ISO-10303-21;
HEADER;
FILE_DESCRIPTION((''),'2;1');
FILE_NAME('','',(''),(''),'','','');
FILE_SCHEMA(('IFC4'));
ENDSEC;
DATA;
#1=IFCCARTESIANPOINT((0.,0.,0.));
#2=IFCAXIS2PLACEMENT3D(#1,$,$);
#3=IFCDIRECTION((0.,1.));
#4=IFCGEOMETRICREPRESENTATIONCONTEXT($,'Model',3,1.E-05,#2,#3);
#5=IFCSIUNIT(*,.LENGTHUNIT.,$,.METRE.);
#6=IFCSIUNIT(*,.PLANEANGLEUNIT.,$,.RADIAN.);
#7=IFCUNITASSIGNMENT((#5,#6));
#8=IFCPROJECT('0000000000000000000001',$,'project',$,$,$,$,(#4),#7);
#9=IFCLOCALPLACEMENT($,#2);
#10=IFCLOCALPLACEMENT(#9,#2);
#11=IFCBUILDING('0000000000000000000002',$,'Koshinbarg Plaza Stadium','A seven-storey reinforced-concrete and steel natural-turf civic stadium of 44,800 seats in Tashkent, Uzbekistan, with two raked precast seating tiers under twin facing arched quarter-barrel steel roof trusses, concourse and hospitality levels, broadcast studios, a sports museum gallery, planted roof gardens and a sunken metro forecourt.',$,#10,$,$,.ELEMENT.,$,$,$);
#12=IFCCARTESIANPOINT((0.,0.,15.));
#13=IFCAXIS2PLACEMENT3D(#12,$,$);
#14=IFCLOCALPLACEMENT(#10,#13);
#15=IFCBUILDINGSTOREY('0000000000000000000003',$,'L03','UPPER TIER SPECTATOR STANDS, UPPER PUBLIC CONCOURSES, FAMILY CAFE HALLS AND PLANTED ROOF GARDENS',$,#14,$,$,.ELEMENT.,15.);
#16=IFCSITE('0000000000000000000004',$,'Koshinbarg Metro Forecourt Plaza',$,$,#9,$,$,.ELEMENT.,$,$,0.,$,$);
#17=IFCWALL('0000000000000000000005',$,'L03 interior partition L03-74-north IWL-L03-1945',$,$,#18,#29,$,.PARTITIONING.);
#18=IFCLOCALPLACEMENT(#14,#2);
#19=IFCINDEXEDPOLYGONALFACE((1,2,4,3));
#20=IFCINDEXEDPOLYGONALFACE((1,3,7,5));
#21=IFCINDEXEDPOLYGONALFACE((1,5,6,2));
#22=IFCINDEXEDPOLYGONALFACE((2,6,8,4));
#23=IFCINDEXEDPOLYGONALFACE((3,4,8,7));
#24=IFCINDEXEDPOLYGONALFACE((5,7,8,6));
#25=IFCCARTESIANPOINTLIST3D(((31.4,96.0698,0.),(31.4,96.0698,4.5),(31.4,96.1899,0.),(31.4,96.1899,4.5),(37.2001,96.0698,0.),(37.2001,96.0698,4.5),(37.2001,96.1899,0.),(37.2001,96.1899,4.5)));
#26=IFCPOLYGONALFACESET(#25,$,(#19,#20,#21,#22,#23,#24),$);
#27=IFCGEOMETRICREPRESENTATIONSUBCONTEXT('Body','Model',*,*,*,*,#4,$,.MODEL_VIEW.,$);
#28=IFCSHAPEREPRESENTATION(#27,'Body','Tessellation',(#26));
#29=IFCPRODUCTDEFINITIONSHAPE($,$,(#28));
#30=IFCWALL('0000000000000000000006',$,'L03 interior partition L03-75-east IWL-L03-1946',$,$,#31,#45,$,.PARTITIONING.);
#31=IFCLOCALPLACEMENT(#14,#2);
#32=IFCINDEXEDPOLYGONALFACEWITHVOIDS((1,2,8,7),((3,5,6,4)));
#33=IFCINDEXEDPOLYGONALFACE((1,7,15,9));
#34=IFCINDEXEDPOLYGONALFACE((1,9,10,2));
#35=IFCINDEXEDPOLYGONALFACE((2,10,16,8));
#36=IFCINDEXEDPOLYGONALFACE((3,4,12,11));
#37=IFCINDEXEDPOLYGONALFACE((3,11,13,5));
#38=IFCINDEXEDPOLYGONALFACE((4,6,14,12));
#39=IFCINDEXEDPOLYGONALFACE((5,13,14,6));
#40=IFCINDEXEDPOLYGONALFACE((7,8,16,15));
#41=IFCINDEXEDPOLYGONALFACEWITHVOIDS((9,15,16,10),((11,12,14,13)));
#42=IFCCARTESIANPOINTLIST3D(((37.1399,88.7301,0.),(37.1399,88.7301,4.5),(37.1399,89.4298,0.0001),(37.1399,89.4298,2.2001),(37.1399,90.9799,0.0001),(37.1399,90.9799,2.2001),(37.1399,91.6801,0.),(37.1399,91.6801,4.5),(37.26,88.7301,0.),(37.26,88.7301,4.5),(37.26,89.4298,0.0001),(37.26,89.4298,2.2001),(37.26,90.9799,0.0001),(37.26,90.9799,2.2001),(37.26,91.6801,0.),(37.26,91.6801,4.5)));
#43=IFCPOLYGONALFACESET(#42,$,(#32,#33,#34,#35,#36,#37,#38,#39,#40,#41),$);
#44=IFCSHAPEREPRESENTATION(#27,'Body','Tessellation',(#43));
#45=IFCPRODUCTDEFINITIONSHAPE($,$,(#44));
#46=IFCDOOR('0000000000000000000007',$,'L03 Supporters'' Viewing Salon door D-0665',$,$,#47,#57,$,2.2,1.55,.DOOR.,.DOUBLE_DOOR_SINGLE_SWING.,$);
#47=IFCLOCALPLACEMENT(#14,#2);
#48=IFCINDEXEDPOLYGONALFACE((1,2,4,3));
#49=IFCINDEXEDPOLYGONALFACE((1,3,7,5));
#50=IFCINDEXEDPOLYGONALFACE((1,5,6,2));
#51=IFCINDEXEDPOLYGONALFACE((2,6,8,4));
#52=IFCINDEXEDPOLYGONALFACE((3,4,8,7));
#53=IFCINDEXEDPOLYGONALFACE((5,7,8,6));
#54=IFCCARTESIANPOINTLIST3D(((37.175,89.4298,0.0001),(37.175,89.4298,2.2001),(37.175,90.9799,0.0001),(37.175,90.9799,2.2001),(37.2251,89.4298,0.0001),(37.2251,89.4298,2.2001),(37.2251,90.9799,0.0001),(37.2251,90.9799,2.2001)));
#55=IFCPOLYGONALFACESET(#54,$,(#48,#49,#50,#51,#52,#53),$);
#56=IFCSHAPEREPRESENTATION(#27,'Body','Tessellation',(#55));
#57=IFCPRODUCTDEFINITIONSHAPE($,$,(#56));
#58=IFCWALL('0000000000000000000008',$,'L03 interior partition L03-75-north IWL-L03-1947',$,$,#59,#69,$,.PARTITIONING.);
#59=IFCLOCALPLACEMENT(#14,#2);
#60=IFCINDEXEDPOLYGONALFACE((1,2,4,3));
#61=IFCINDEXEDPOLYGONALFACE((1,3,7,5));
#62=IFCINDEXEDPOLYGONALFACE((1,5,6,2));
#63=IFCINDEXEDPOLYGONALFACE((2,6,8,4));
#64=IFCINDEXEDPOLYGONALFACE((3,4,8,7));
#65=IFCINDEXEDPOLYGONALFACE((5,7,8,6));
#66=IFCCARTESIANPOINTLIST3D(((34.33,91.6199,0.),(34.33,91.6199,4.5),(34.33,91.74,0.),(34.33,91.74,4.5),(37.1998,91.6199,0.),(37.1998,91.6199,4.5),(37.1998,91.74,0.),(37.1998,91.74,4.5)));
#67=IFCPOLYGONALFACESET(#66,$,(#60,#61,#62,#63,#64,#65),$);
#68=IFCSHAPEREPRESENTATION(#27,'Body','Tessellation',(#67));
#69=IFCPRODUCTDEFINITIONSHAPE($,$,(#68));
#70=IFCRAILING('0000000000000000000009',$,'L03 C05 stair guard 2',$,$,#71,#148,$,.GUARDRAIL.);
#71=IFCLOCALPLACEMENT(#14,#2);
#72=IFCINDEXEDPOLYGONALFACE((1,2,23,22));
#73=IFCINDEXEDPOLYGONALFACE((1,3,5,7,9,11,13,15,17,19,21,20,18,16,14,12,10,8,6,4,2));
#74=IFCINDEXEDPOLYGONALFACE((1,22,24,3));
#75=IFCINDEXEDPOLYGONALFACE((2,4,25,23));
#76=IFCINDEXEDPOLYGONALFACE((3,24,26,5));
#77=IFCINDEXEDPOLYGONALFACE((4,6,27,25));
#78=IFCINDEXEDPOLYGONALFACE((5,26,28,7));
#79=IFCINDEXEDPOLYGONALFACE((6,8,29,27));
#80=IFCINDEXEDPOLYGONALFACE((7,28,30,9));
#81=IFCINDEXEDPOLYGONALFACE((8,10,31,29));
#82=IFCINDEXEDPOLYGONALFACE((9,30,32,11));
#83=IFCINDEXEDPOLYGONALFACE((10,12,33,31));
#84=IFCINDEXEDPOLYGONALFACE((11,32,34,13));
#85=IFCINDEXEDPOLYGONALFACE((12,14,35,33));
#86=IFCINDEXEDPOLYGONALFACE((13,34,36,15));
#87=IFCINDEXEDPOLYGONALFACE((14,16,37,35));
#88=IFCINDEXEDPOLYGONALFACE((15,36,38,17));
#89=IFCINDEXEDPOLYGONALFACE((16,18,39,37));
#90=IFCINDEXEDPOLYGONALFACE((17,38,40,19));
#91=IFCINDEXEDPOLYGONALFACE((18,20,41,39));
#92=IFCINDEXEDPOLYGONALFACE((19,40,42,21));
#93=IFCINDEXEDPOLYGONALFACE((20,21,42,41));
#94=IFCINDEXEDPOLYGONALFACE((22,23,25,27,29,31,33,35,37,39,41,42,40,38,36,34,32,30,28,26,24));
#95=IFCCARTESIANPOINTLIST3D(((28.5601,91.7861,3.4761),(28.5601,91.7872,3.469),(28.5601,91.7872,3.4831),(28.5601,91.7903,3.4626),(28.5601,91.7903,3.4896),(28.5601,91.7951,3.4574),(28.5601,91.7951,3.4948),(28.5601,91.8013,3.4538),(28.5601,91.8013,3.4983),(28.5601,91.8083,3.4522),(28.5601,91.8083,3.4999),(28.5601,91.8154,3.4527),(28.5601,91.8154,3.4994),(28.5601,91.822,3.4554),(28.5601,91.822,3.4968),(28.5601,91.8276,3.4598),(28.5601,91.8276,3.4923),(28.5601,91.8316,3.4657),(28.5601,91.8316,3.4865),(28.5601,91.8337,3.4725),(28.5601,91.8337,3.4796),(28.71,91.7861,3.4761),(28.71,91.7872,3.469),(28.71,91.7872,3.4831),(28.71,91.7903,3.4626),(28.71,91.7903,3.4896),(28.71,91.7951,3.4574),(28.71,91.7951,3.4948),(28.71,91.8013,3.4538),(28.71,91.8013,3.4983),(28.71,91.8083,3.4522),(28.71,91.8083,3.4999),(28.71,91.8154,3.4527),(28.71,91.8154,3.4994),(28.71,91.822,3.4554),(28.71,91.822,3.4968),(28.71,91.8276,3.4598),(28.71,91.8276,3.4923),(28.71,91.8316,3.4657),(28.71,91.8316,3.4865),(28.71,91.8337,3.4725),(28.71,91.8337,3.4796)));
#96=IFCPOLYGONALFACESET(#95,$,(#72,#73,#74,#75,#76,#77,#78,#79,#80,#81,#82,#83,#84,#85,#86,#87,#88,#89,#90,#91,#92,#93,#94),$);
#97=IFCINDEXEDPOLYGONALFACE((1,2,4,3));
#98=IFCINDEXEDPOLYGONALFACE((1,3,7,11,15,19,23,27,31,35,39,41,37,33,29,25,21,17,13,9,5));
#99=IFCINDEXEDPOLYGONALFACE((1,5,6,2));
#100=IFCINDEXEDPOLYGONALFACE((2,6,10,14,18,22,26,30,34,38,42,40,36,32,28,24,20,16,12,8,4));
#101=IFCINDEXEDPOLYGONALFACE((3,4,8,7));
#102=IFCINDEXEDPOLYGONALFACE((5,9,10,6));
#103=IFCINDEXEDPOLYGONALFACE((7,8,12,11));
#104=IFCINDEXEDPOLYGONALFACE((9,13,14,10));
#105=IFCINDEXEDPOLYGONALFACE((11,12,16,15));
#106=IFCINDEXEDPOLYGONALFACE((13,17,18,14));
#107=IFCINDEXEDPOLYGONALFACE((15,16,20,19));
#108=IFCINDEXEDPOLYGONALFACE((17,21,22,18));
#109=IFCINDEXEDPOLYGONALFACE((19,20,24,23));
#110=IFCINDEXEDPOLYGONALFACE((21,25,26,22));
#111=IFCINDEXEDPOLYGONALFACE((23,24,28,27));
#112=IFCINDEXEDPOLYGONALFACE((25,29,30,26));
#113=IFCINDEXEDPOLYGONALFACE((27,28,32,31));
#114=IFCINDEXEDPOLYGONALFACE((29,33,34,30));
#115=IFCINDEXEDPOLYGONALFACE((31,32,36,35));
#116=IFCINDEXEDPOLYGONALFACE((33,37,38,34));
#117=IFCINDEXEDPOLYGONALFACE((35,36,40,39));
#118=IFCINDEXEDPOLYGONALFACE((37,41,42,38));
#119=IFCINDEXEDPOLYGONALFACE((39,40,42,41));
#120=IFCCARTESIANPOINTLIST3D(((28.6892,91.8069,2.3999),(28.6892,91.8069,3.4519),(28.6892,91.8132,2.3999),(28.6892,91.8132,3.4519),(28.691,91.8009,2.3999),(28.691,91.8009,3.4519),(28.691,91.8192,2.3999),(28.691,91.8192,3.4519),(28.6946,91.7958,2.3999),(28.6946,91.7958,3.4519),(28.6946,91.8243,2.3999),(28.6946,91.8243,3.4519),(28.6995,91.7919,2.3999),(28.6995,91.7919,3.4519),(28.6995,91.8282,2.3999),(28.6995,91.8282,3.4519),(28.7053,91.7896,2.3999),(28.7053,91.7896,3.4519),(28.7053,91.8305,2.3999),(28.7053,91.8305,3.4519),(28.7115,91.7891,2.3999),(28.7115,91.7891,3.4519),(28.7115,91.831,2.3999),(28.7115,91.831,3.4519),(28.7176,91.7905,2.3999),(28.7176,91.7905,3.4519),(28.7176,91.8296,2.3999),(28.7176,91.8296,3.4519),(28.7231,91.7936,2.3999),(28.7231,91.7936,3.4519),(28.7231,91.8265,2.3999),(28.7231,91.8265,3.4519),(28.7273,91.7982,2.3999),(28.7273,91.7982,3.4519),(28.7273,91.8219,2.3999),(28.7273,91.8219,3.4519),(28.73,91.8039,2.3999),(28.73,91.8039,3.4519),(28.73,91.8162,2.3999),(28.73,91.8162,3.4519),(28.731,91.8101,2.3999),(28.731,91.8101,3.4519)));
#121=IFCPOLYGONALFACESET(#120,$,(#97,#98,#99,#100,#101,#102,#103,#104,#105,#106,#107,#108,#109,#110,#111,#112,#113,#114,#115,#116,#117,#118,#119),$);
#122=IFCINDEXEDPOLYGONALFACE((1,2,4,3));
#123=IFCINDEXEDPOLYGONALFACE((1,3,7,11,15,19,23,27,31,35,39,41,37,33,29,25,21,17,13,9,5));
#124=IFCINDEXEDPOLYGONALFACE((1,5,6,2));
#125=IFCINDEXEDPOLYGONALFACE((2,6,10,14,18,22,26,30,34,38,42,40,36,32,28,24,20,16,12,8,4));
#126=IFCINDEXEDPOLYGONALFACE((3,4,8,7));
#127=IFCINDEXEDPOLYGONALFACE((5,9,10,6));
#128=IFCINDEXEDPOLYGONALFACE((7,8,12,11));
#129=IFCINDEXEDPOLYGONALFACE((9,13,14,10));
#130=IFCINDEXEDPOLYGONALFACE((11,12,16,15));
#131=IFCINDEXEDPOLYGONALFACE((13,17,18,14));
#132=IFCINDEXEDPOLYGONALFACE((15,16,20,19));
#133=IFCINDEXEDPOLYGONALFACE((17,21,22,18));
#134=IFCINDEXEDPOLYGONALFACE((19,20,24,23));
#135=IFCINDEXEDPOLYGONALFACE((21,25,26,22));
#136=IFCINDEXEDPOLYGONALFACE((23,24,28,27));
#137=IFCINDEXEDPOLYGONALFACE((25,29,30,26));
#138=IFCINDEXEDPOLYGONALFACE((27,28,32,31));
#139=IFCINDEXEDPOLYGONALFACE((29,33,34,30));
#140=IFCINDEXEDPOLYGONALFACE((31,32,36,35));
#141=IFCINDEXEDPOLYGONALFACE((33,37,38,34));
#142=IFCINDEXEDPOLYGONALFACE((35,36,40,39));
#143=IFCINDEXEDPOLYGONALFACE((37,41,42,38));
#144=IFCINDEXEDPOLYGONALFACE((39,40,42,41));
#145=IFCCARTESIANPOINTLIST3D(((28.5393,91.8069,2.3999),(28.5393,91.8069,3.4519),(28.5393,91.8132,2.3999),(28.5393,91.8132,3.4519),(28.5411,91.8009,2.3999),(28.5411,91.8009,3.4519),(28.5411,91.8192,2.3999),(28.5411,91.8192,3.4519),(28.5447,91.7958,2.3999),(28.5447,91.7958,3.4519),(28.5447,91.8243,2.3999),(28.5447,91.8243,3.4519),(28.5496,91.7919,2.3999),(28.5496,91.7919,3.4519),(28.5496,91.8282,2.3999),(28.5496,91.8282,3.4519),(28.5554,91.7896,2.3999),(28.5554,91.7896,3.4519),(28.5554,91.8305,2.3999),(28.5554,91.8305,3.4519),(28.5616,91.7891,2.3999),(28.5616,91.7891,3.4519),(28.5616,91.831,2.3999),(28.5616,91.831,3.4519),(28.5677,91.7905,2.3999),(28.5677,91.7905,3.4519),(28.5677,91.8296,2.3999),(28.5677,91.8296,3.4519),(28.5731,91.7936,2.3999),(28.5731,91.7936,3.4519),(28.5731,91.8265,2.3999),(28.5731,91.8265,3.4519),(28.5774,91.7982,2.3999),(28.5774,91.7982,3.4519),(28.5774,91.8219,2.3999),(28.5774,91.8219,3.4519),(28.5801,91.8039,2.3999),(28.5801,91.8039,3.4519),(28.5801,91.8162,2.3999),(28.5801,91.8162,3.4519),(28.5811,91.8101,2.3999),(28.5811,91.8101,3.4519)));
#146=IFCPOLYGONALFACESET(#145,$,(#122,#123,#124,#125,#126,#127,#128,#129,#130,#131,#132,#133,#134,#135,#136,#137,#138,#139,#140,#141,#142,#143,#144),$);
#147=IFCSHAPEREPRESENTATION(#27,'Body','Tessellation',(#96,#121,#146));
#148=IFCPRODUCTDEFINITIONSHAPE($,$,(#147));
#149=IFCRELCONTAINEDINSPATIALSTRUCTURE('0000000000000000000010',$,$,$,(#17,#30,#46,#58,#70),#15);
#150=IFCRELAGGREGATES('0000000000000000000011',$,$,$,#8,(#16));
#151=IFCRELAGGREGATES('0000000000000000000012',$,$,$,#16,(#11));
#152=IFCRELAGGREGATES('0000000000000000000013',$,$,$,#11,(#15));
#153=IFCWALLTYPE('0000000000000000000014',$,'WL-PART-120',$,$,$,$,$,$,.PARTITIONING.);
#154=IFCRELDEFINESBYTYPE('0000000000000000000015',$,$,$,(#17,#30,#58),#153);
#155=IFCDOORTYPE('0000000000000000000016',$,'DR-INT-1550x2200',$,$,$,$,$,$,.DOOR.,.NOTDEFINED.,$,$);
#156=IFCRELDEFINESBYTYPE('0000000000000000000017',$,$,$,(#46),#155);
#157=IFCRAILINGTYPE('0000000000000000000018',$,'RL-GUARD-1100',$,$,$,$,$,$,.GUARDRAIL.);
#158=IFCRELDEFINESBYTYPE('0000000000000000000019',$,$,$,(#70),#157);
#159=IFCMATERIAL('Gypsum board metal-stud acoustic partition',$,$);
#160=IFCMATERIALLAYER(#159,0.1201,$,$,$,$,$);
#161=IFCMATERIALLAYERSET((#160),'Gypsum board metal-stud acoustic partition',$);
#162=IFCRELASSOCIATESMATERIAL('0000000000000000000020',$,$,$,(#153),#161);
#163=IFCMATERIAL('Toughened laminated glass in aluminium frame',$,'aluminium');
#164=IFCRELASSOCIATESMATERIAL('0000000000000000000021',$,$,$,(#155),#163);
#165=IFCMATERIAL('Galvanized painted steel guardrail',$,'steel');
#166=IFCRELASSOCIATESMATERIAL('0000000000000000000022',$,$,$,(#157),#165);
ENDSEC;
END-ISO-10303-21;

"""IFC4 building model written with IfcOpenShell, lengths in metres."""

from ifc_helpers import new_model, si_unit, direction, frame, frame_2d, origin, origin_2d, place, context, subcontext, project, spatial, rectangle, circle, extrude, material, layer, layer_set, type_object, element, fill, save


model = new_model("IFC4")

# Units and contexts
model_context = context("Model", 3, precision=1e-05, world=origin(), true_north=direction((0.0, 1.0)))
body_context = subcontext(model_context, "Body", "Model", "MODEL_VIEW")
ifc_project = project(units=[si_unit("LENGTHUNIT", "METRE"), si_unit("PLANEANGLEUNIT", "RADIAN")], contexts=[model_context])

# Site, building, storey
site_placement = place(None, origin())
site = spatial("IfcSite", under=ifc_project, at=site_placement, Name="Koshinbarg Metro Forecourt Plaza", CompositionType="ELEMENT", RefElevation=0.0)
building_placement = place(site_placement, origin())
building = spatial("IfcBuilding", under=site, at=building_placement, Name="Koshinbarg Plaza Stadium", Description="A seven-storey reinforced-concrete and steel natural-turf civic stadium of 44,800 seats in Tashkent, Uzbekistan, with two raked precast seating tiers under twin facing arched quarter-barrel steel roof trusses, concourse and hospitality levels, broadcast studios, a sports museum gallery, planted roof gardens and a sunken metro forecourt.", CompositionType="ELEMENT")
storey_placement = place(building_placement, frame((0.0, 0.0, 15.0)))
storey = spatial("IfcBuildingStorey", under=building, at=storey_placement, Name="L03", Description="UPPER TIER SPECTATOR STANDS, UPPER PUBLIC CONCOURSES, FAMILY CAFE HALLS AND PLANTED ROOF GARDENS", CompositionType="ELEMENT", Elevation=15.0)

# Shared definitions
ifc_material_1 = material(Name="Gypsum board metal-stud acoustic partition")
ifc_layer_1 = layer(ifc_material_1, 0.1201)
ifc_layer_set_1 = layer_set([ifc_layer_1], Name="Gypsum board metal-stud acoustic partition")
wall_type_1 = type_object("IfcWallType", Name="WL-PART-120", PredefinedType="PARTITIONING", material=ifc_layer_set_1)

# Wall
wall_1_placement = place(storey_placement, frame((37.2, 96.1299, 0.0), z_axis=(0.0, 0.0, 1.0), x_axis=(-1.0, 0.0, 0.0)))
element("IfcWall", 1, at=wall_1_placement, inside=storey, type_object=wall_type_1, Name="L03 interior partition L03-74-north IWL-L03-1945", PredefinedType="PARTITIONING", context=body_context, shape_type="SweptSolid", body=[
    extrude(rectangle(XDim=5.8, YDim=0.1201, at=frame_2d((2.8999, 0.0))), origin(), (0.0, 0.0, 1.0), 4.5),
])

# Wall, opening, door
wall_2_placement = place(storey_placement, frame((37.2, 88.73, 0.0), z_axis=(0.0, 0.0, 1.0), x_axis=(0.0, 1.0, 0.0)))
wall_2 = element("IfcWall", 2, at=wall_2_placement, inside=storey, type_object=wall_type_1, Name="L03 interior partition L03-75-east IWL-L03-1946", PredefinedType="PARTITIONING", context=body_context, shape_type="SweptSolid", body=[
    extrude(rectangle(XDim=2.95, YDim=0.1201, at=frame_2d((1.4751, 0.0))), origin(), (0.0, 0.0, 1.0), 4.5),
])
opening_1_placement = place(wall_2_placement, frame((0.7, 0.0, 0.0)))
opening_1 = element("IfcOpeningElement", 3, at=opening_1_placement, cuts=wall_2, PredefinedType="OPENING", context=body_context, shape_type="SweptSolid", body=[
    extrude(rectangle(XDim=1.55, YDim=2.2, at=frame_2d((0.7749, 1.1001))), frame((0.0, 0.0701, 0.0), z_axis=(0.0, -1.0, 0.0), x_axis=(1.0, 0.0, 0.0)), (0.0, 0.0, 1.0), 0.1401),
])
ifc_material_2 = material(Name="Toughened laminated glass in aluminium frame", Category="aluminium")
door_type_1 = type_object("IfcDoorType", Name="DR-INT-1550x2200", OperationType="NOTDEFINED", PredefinedType="DOOR", material=ifc_material_2)
door_1_placement = place(opening_1_placement, origin())
door_1 = element("IfcDoor", 4, at=door_1_placement, inside=storey, type_object=door_type_1, Name="L03 Supporters' Viewing Salon door D-0665", OperationType="DOUBLE_DOOR_SINGLE_SWING", OverallHeight=2.2, OverallWidth=1.55, PredefinedType="DOOR", context=body_context, shape_type="SweptSolid", body=[
    extrude(rectangle(XDim=1.55, YDim=2.2, at=frame_2d((0.7749, 1.1001))), frame((0.0, 0.0249, 0.0), z_axis=(0.0, -1.0, 0.0), x_axis=(1.0, 0.0, 0.0)), (0.0, 0.0, 1.0), 0.05),
])
fill(opening_1, door_1)

# Wall
wall_3_placement = place(storey_placement, frame((37.2, 91.6799, 0.0), z_axis=(0.0, 0.0, 1.0), x_axis=(-1.0, 0.0, 0.0)))
element("IfcWall", 5, at=wall_3_placement, inside=storey, type_object=wall_type_1, Name="L03 interior partition L03-75-north IWL-L03-1947", PredefinedType="PARTITIONING", context=body_context, shape_type="SweptSolid", body=[
    extrude(rectangle(XDim=2.8699, YDim=0.1201, at=frame_2d((1.4351, 0.0))), origin(), (0.0, 0.0, 1.0), 4.5),
])

# Railing
ifc_material_3 = material(Name="Galvanized painted steel guardrail", Category="steel")
railing_type = type_object("IfcRailingType", Name="RL-GUARD-1100", PredefinedType="GUARDRAIL", material=ifc_material_3)
railing_placement = place(storey_placement, frame((28.71, 91.8101, 2.3999)))
element("IfcRailing", 6, at=railing_placement, inside=storey, type_object=railing_type, Name="L03 C05 stair guard 2", PredefinedType="GUARDRAIL", context=body_context, shape_type="SweptSolid", body=[
    extrude(circle(Radius=0.0239, at=origin_2d()), frame((0.0, 0.0, 1.0762), z_axis=(-1.0, 0.0, 0.0), x_axis=(0.0, -1.0, 0.0)), (0.0, 0.0, 1.0), 0.1499),
    extrude(circle(Radius=0.021, at=origin_2d()), origin(), (0.0, 0.0, 1.0), 1.052),
    extrude(circle(Radius=0.021, at=origin_2d()), frame((-0.1499, 0.0, 0.0)), (0.0, 0.0, 1.0), 1.052),
])

save(model, "model.ifc")
